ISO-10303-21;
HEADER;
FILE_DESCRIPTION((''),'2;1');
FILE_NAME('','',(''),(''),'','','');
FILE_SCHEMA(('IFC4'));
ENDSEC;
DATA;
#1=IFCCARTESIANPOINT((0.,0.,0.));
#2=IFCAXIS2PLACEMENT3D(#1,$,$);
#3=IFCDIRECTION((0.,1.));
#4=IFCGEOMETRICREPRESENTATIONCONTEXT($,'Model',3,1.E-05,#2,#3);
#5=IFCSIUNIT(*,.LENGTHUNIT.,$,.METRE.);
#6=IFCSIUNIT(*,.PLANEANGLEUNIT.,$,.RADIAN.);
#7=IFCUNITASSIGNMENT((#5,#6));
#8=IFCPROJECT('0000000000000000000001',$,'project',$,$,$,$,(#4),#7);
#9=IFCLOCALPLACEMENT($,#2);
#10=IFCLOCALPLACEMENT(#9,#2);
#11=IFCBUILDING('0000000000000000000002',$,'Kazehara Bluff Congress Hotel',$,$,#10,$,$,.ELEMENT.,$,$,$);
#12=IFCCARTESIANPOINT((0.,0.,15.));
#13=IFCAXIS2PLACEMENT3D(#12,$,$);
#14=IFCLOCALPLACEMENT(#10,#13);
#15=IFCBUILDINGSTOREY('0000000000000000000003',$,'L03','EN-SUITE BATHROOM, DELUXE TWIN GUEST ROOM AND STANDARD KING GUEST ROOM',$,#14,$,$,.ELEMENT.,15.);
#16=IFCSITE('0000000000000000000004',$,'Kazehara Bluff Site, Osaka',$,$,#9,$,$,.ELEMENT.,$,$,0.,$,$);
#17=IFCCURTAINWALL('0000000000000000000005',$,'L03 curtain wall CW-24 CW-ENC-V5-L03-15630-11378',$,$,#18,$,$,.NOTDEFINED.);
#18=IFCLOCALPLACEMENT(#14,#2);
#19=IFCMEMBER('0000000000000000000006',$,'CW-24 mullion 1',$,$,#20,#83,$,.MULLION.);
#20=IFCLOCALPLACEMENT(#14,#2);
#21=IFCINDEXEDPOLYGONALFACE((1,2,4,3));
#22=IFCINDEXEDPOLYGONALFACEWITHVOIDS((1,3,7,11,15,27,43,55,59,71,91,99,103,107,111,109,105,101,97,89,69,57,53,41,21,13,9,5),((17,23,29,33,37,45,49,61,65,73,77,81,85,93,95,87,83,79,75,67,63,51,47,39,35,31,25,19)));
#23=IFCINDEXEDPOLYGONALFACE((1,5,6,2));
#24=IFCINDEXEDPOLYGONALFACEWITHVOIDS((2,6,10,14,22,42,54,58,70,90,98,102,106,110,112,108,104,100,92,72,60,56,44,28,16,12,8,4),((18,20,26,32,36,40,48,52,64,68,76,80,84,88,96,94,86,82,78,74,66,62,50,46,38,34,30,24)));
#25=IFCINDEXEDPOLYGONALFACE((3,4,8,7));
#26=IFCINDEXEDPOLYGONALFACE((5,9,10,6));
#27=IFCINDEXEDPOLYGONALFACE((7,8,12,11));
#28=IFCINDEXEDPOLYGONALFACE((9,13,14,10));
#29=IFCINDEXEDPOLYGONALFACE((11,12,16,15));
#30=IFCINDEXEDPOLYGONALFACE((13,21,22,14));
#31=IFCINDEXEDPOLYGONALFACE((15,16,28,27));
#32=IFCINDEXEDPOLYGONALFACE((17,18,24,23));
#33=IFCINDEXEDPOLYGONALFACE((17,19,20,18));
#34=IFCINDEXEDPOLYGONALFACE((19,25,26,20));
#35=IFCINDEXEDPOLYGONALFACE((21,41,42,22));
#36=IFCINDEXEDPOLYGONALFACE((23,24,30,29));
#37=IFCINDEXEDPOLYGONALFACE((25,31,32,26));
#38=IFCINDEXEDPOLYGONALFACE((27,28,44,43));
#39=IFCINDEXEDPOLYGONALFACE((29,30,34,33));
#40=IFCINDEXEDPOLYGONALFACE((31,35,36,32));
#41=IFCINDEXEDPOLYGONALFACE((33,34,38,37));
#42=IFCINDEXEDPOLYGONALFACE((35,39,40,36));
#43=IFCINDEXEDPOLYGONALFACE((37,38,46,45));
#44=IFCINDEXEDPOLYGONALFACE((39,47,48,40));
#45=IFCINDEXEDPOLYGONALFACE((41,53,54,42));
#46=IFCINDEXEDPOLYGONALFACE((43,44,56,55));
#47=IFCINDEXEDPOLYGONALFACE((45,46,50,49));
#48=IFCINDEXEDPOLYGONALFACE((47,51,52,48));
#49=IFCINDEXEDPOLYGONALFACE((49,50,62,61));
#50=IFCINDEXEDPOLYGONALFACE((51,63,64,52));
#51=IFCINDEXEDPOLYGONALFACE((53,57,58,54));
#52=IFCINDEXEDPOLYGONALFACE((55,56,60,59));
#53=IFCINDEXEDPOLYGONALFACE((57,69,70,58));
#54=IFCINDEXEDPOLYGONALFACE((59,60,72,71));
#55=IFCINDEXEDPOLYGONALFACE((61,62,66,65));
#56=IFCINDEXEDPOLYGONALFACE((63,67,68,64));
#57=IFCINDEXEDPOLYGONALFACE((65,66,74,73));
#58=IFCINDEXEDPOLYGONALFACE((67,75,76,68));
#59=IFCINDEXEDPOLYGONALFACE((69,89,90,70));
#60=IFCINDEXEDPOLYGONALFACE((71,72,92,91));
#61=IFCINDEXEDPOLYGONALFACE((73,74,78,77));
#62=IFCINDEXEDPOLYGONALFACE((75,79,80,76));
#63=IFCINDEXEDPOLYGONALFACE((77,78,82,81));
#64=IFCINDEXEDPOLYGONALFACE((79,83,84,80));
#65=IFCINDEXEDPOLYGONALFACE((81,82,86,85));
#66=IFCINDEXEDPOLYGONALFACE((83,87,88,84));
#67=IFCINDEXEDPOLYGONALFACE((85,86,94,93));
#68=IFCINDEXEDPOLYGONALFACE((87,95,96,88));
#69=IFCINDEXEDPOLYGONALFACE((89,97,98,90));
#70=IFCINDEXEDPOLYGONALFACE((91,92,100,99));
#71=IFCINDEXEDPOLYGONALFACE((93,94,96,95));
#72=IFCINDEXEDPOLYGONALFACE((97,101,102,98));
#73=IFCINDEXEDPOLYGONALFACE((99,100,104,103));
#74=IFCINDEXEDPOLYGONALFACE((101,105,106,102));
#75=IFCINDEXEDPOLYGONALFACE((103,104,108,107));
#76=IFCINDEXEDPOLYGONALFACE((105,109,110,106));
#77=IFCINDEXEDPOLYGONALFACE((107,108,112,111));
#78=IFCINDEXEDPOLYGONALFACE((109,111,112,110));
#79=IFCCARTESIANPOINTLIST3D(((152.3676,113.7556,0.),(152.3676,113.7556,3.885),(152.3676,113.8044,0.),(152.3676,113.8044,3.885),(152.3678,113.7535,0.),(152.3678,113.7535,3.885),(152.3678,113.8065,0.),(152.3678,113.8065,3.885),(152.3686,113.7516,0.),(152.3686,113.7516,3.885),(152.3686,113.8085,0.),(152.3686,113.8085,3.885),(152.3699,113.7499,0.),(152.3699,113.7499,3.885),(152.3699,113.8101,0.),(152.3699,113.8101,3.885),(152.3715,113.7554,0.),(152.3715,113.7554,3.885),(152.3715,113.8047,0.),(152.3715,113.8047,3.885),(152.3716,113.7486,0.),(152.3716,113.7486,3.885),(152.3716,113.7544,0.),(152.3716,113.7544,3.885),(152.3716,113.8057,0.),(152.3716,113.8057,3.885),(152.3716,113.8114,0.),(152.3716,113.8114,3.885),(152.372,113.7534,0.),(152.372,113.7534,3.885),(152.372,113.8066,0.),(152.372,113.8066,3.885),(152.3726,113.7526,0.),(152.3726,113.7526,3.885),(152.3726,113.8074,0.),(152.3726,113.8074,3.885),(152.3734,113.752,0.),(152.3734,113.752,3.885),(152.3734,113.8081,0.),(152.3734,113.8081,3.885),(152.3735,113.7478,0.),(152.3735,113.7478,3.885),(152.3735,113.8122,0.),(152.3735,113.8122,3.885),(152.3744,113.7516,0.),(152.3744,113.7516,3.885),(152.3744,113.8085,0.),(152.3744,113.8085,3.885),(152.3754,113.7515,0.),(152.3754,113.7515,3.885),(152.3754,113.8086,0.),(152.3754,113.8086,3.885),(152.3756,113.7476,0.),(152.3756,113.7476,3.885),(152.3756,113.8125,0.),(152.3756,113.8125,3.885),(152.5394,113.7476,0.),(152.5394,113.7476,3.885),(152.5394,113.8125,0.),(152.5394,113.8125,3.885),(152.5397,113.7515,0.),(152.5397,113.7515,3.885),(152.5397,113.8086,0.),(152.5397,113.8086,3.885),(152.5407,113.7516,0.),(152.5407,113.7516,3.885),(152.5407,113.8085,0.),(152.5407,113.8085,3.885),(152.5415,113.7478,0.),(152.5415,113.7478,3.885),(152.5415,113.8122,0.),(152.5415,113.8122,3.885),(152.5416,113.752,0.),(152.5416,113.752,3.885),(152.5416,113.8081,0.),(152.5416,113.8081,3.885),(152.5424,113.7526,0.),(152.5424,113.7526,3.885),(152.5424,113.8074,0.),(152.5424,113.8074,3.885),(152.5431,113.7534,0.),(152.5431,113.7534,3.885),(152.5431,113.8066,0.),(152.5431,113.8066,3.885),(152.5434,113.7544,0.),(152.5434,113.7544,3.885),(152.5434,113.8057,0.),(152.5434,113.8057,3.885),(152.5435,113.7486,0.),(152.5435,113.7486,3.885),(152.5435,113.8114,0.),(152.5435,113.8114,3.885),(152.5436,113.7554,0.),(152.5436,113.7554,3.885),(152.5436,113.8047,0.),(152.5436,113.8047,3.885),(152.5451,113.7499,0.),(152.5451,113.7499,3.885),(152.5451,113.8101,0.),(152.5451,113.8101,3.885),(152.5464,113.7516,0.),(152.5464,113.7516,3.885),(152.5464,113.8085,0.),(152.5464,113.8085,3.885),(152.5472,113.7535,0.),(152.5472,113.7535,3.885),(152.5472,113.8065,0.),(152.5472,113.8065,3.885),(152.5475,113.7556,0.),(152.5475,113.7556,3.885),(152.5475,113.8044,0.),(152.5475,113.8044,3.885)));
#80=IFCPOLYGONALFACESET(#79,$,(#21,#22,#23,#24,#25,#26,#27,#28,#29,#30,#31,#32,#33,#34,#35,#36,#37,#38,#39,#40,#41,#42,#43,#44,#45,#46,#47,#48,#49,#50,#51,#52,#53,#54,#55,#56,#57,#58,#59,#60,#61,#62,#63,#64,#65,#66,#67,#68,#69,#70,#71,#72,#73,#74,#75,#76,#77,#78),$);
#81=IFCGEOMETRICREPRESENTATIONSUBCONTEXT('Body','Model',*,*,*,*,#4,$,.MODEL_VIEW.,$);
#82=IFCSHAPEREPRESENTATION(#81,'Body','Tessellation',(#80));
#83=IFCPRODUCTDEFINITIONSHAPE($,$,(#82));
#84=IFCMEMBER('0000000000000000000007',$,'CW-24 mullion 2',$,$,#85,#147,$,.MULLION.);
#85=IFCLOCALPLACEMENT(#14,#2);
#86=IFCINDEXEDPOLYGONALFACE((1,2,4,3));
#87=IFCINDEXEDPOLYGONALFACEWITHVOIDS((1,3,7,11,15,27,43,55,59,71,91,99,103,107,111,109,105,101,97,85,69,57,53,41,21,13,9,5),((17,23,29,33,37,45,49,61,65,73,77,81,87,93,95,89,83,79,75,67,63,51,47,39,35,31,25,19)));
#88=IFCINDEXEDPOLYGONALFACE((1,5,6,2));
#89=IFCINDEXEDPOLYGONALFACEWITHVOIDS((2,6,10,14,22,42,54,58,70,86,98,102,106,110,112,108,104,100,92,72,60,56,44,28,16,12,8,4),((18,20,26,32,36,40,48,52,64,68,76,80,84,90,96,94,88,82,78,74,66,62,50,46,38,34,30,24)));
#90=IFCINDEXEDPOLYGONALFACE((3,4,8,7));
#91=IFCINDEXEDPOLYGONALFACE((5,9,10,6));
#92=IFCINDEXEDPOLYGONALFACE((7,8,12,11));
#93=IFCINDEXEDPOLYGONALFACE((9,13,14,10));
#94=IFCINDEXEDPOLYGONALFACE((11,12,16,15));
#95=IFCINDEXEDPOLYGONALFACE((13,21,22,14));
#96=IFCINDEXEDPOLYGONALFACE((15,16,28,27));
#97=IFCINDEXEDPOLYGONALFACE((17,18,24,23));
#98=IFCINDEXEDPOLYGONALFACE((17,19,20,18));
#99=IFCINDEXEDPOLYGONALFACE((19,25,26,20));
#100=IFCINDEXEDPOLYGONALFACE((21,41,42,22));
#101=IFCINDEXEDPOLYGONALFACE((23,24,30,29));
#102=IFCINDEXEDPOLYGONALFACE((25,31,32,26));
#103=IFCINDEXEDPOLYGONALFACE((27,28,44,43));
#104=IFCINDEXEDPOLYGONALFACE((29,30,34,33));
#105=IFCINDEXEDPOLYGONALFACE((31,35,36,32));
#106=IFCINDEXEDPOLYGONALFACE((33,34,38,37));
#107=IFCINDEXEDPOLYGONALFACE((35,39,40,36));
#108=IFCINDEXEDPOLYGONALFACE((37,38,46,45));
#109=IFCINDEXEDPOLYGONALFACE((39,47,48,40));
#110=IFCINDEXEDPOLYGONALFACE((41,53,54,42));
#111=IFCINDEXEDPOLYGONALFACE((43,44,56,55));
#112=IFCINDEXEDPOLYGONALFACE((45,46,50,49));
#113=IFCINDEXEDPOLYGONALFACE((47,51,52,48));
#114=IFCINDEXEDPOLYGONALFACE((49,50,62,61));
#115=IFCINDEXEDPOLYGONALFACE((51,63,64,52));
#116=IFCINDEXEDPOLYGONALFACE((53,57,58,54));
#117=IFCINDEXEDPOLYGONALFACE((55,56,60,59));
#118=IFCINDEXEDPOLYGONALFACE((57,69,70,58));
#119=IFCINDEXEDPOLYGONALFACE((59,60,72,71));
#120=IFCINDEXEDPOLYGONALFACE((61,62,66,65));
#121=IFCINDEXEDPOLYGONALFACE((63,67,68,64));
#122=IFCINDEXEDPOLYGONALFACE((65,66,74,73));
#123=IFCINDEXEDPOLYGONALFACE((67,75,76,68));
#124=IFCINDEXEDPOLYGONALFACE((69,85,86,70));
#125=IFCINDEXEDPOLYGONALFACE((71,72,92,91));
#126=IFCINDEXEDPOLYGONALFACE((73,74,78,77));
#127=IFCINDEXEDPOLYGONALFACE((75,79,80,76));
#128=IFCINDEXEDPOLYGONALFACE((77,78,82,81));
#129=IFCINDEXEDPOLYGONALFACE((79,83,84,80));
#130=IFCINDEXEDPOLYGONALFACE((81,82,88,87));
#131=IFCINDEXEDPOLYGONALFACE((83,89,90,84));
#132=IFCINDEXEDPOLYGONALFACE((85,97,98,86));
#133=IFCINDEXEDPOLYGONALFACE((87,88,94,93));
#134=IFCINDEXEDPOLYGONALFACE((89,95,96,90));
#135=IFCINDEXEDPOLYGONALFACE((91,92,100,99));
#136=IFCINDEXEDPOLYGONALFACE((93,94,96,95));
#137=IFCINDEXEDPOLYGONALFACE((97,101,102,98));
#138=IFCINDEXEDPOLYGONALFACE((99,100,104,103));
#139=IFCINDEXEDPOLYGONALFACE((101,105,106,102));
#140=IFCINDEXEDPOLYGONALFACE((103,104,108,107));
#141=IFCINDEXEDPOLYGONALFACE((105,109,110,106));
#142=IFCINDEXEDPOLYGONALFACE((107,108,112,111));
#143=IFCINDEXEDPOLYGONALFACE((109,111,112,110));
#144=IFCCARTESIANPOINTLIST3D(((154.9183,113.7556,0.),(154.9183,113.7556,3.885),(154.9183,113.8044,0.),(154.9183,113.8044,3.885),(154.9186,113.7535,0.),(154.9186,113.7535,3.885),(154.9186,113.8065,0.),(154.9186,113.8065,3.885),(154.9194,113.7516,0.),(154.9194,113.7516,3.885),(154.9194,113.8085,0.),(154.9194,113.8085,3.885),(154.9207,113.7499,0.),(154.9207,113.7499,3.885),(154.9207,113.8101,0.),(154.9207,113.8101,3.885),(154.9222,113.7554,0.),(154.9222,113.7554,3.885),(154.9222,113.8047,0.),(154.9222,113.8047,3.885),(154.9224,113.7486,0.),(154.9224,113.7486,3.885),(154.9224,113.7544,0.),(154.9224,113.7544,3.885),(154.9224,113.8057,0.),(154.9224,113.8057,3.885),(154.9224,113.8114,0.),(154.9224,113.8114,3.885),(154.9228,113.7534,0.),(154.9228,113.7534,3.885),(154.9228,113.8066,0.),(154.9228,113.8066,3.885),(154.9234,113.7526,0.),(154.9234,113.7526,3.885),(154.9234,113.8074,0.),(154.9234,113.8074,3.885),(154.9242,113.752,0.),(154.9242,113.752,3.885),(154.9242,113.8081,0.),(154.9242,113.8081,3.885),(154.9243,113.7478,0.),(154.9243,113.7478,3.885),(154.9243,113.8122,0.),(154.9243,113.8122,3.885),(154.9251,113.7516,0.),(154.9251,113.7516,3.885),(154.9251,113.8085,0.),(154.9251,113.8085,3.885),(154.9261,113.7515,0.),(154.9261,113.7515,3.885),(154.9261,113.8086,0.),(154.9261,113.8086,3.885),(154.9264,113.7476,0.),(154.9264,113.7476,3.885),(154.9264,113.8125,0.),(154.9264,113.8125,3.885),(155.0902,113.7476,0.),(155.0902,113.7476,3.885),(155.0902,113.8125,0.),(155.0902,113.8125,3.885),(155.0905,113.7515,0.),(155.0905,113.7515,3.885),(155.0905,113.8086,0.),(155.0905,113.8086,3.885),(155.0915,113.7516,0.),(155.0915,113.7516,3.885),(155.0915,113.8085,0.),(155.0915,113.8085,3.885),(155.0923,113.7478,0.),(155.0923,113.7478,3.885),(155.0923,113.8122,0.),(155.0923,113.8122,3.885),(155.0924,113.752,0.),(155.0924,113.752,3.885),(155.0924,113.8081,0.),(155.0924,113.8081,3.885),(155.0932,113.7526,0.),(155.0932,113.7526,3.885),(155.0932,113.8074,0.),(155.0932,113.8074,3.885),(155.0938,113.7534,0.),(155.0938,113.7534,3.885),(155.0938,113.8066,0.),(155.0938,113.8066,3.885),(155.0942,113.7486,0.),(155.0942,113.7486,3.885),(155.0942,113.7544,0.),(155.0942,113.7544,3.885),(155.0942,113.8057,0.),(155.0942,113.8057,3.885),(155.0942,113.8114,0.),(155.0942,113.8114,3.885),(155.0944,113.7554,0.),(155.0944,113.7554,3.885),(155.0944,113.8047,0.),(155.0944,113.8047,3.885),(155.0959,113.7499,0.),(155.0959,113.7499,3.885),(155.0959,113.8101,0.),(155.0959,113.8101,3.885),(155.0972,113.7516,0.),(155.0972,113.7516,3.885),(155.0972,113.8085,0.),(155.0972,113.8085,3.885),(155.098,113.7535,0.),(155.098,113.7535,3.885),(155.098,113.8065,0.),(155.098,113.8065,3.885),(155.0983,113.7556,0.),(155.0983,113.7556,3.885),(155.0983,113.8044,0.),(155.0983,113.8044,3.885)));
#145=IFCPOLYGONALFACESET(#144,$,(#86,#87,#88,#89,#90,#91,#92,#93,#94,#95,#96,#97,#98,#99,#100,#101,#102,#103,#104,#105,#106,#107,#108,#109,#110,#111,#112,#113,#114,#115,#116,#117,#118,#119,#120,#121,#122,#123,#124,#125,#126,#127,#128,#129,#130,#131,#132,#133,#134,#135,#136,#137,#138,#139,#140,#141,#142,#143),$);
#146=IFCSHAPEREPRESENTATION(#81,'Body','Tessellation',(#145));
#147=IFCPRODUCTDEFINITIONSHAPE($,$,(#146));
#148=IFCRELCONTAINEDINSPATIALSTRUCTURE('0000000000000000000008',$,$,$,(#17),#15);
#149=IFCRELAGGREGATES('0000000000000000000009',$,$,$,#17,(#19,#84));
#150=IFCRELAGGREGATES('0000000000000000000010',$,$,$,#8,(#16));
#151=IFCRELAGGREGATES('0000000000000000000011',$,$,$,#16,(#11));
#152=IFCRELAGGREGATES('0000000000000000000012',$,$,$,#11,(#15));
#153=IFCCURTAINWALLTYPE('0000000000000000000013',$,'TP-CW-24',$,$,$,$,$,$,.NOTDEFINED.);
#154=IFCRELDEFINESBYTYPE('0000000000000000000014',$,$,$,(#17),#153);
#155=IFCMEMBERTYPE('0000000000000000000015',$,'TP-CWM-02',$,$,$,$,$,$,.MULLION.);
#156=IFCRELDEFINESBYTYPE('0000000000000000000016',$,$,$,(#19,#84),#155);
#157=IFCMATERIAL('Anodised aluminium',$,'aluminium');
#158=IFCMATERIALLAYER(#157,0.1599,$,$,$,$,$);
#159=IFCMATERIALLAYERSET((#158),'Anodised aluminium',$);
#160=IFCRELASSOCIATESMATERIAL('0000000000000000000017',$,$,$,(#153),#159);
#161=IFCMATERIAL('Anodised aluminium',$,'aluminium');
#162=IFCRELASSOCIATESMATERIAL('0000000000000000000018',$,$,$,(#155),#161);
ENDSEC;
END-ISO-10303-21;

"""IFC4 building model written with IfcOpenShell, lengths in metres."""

from ifc_helpers import new_model, si_unit, direction, frame, origin, origin_2d, place, context, subcontext, project, spatial, hollow_rectangle, extrude, material, layer, layer_set, material_profile, profile_set, type_object, element, aggregate, save


model = new_model("IFC4")

# Units and contexts
model_context = context("Model", 3, precision=1e-05, world=origin(), true_north=direction((0.0, 1.0)))
body_context = subcontext(model_context, "Body", "Model", "MODEL_VIEW")
ifc_project = project(units=[si_unit("LENGTHUNIT", "METRE"), si_unit("PLANEANGLEUNIT", "RADIAN")], contexts=[model_context])

# Site, building, storey
site_placement = place(None, origin())
site = spatial("IfcSite", under=ifc_project, at=site_placement, Name="Kazehara Bluff Site, Osaka", CompositionType="ELEMENT", RefElevation=0.0)
building_placement = place(site_placement, origin())
building = spatial("IfcBuilding", under=site, at=building_placement, Name="Kazehara Bluff Congress Hotel", CompositionType="ELEMENT")
storey_placement = place(building_placement, frame((0.0, 0.0, 15.0)))
storey = spatial("IfcBuildingStorey", under=building, at=storey_placement, Name="L03", Description="EN-SUITE BATHROOM, DELUXE TWIN GUEST ROOM AND STANDARD KING GUEST ROOM", CompositionType="ELEMENT", Elevation=15.0)

# Shared definitions
ifc_material_1 = material(Name="Anodised aluminium", Category="aluminium")
ifc_layer_1 = layer(ifc_material_1, 0.1599)
ifc_layer_set_1 = layer_set([ifc_layer_1], Name="Anodised aluminium")
curtain_wall_type = type_object("IfcCurtainWallType", Name="TP-CW-24", PredefinedType="NOTDEFINED", material=ifc_layer_set_1)
ifc_material_2 = material(Name="Anodised aluminium", Category="aluminium")
ifc_material_profile_1 = material_profile(ifc_material_2, hollow_rectangle(XDim=0.0649, YDim=0.1799, WallThickness=0.0039, InnerFilletRadius=0.0039, OuterFilletRadius=0.0081, at=origin_2d()))
ifc_profile_set_1 = profile_set([ifc_material_profile_1], Name="Anodised aluminium")
member_type_1 = type_object("IfcMemberType", Name="TP-CWM-02", PredefinedType="MULLION", material=ifc_profile_set_1)

# Curtain wall, members
curtain_wall_1_placement = place(storey_placement, origin())
curtain_wall_1 = element("IfcCurtainWall", 1, at=curtain_wall_1_placement, inside=storey, type_object=curtain_wall_type, Name="L03 curtain wall CW-24 CW-ENC-V5-L03-15630-11378", PredefinedType="NOTDEFINED")
member_1_placement = place(storey_placement, frame((152.4575, 113.78, 0.0), z_axis=(0.0, 0.0, 1.0), x_axis=(0.0, 1.0, 0.0)))
member_1 = element("IfcMember", 2, at=member_1_placement, type_object=member_type_1, Name="CW-24 mullion 1", PredefinedType="MULLION", context=body_context, shape_type="SweptSolid", body=[
    extrude(hollow_rectangle(XDim=0.0649, YDim=0.1799, WallThickness=0.0039, InnerFilletRadius=0.0039, OuterFilletRadius=0.0081, at=origin_2d()), origin(), (0.0, 0.0, 1.0), 3.885),
])
member_2_placement = place(storey_placement, frame((155.0083, 113.78, 0.0), z_axis=(0.0, 0.0, 1.0), x_axis=(0.0, 1.0, 0.0)))
member_2 = element("IfcMember", 3, at=member_2_placement, type_object=member_type_1, Name="CW-24 mullion 2", PredefinedType="MULLION", context=body_context, shape_type="SweptSolid", body=[
    extrude(hollow_rectangle(XDim=0.0649, YDim=0.1799, WallThickness=0.0039, InnerFilletRadius=0.0039, OuterFilletRadius=0.0081, at=origin_2d()), origin(), (0.0, 0.0, 1.0), 3.885),
])

aggregate(curtain_wall_1, [member_1, member_2])

save(model, "model.ifc")
